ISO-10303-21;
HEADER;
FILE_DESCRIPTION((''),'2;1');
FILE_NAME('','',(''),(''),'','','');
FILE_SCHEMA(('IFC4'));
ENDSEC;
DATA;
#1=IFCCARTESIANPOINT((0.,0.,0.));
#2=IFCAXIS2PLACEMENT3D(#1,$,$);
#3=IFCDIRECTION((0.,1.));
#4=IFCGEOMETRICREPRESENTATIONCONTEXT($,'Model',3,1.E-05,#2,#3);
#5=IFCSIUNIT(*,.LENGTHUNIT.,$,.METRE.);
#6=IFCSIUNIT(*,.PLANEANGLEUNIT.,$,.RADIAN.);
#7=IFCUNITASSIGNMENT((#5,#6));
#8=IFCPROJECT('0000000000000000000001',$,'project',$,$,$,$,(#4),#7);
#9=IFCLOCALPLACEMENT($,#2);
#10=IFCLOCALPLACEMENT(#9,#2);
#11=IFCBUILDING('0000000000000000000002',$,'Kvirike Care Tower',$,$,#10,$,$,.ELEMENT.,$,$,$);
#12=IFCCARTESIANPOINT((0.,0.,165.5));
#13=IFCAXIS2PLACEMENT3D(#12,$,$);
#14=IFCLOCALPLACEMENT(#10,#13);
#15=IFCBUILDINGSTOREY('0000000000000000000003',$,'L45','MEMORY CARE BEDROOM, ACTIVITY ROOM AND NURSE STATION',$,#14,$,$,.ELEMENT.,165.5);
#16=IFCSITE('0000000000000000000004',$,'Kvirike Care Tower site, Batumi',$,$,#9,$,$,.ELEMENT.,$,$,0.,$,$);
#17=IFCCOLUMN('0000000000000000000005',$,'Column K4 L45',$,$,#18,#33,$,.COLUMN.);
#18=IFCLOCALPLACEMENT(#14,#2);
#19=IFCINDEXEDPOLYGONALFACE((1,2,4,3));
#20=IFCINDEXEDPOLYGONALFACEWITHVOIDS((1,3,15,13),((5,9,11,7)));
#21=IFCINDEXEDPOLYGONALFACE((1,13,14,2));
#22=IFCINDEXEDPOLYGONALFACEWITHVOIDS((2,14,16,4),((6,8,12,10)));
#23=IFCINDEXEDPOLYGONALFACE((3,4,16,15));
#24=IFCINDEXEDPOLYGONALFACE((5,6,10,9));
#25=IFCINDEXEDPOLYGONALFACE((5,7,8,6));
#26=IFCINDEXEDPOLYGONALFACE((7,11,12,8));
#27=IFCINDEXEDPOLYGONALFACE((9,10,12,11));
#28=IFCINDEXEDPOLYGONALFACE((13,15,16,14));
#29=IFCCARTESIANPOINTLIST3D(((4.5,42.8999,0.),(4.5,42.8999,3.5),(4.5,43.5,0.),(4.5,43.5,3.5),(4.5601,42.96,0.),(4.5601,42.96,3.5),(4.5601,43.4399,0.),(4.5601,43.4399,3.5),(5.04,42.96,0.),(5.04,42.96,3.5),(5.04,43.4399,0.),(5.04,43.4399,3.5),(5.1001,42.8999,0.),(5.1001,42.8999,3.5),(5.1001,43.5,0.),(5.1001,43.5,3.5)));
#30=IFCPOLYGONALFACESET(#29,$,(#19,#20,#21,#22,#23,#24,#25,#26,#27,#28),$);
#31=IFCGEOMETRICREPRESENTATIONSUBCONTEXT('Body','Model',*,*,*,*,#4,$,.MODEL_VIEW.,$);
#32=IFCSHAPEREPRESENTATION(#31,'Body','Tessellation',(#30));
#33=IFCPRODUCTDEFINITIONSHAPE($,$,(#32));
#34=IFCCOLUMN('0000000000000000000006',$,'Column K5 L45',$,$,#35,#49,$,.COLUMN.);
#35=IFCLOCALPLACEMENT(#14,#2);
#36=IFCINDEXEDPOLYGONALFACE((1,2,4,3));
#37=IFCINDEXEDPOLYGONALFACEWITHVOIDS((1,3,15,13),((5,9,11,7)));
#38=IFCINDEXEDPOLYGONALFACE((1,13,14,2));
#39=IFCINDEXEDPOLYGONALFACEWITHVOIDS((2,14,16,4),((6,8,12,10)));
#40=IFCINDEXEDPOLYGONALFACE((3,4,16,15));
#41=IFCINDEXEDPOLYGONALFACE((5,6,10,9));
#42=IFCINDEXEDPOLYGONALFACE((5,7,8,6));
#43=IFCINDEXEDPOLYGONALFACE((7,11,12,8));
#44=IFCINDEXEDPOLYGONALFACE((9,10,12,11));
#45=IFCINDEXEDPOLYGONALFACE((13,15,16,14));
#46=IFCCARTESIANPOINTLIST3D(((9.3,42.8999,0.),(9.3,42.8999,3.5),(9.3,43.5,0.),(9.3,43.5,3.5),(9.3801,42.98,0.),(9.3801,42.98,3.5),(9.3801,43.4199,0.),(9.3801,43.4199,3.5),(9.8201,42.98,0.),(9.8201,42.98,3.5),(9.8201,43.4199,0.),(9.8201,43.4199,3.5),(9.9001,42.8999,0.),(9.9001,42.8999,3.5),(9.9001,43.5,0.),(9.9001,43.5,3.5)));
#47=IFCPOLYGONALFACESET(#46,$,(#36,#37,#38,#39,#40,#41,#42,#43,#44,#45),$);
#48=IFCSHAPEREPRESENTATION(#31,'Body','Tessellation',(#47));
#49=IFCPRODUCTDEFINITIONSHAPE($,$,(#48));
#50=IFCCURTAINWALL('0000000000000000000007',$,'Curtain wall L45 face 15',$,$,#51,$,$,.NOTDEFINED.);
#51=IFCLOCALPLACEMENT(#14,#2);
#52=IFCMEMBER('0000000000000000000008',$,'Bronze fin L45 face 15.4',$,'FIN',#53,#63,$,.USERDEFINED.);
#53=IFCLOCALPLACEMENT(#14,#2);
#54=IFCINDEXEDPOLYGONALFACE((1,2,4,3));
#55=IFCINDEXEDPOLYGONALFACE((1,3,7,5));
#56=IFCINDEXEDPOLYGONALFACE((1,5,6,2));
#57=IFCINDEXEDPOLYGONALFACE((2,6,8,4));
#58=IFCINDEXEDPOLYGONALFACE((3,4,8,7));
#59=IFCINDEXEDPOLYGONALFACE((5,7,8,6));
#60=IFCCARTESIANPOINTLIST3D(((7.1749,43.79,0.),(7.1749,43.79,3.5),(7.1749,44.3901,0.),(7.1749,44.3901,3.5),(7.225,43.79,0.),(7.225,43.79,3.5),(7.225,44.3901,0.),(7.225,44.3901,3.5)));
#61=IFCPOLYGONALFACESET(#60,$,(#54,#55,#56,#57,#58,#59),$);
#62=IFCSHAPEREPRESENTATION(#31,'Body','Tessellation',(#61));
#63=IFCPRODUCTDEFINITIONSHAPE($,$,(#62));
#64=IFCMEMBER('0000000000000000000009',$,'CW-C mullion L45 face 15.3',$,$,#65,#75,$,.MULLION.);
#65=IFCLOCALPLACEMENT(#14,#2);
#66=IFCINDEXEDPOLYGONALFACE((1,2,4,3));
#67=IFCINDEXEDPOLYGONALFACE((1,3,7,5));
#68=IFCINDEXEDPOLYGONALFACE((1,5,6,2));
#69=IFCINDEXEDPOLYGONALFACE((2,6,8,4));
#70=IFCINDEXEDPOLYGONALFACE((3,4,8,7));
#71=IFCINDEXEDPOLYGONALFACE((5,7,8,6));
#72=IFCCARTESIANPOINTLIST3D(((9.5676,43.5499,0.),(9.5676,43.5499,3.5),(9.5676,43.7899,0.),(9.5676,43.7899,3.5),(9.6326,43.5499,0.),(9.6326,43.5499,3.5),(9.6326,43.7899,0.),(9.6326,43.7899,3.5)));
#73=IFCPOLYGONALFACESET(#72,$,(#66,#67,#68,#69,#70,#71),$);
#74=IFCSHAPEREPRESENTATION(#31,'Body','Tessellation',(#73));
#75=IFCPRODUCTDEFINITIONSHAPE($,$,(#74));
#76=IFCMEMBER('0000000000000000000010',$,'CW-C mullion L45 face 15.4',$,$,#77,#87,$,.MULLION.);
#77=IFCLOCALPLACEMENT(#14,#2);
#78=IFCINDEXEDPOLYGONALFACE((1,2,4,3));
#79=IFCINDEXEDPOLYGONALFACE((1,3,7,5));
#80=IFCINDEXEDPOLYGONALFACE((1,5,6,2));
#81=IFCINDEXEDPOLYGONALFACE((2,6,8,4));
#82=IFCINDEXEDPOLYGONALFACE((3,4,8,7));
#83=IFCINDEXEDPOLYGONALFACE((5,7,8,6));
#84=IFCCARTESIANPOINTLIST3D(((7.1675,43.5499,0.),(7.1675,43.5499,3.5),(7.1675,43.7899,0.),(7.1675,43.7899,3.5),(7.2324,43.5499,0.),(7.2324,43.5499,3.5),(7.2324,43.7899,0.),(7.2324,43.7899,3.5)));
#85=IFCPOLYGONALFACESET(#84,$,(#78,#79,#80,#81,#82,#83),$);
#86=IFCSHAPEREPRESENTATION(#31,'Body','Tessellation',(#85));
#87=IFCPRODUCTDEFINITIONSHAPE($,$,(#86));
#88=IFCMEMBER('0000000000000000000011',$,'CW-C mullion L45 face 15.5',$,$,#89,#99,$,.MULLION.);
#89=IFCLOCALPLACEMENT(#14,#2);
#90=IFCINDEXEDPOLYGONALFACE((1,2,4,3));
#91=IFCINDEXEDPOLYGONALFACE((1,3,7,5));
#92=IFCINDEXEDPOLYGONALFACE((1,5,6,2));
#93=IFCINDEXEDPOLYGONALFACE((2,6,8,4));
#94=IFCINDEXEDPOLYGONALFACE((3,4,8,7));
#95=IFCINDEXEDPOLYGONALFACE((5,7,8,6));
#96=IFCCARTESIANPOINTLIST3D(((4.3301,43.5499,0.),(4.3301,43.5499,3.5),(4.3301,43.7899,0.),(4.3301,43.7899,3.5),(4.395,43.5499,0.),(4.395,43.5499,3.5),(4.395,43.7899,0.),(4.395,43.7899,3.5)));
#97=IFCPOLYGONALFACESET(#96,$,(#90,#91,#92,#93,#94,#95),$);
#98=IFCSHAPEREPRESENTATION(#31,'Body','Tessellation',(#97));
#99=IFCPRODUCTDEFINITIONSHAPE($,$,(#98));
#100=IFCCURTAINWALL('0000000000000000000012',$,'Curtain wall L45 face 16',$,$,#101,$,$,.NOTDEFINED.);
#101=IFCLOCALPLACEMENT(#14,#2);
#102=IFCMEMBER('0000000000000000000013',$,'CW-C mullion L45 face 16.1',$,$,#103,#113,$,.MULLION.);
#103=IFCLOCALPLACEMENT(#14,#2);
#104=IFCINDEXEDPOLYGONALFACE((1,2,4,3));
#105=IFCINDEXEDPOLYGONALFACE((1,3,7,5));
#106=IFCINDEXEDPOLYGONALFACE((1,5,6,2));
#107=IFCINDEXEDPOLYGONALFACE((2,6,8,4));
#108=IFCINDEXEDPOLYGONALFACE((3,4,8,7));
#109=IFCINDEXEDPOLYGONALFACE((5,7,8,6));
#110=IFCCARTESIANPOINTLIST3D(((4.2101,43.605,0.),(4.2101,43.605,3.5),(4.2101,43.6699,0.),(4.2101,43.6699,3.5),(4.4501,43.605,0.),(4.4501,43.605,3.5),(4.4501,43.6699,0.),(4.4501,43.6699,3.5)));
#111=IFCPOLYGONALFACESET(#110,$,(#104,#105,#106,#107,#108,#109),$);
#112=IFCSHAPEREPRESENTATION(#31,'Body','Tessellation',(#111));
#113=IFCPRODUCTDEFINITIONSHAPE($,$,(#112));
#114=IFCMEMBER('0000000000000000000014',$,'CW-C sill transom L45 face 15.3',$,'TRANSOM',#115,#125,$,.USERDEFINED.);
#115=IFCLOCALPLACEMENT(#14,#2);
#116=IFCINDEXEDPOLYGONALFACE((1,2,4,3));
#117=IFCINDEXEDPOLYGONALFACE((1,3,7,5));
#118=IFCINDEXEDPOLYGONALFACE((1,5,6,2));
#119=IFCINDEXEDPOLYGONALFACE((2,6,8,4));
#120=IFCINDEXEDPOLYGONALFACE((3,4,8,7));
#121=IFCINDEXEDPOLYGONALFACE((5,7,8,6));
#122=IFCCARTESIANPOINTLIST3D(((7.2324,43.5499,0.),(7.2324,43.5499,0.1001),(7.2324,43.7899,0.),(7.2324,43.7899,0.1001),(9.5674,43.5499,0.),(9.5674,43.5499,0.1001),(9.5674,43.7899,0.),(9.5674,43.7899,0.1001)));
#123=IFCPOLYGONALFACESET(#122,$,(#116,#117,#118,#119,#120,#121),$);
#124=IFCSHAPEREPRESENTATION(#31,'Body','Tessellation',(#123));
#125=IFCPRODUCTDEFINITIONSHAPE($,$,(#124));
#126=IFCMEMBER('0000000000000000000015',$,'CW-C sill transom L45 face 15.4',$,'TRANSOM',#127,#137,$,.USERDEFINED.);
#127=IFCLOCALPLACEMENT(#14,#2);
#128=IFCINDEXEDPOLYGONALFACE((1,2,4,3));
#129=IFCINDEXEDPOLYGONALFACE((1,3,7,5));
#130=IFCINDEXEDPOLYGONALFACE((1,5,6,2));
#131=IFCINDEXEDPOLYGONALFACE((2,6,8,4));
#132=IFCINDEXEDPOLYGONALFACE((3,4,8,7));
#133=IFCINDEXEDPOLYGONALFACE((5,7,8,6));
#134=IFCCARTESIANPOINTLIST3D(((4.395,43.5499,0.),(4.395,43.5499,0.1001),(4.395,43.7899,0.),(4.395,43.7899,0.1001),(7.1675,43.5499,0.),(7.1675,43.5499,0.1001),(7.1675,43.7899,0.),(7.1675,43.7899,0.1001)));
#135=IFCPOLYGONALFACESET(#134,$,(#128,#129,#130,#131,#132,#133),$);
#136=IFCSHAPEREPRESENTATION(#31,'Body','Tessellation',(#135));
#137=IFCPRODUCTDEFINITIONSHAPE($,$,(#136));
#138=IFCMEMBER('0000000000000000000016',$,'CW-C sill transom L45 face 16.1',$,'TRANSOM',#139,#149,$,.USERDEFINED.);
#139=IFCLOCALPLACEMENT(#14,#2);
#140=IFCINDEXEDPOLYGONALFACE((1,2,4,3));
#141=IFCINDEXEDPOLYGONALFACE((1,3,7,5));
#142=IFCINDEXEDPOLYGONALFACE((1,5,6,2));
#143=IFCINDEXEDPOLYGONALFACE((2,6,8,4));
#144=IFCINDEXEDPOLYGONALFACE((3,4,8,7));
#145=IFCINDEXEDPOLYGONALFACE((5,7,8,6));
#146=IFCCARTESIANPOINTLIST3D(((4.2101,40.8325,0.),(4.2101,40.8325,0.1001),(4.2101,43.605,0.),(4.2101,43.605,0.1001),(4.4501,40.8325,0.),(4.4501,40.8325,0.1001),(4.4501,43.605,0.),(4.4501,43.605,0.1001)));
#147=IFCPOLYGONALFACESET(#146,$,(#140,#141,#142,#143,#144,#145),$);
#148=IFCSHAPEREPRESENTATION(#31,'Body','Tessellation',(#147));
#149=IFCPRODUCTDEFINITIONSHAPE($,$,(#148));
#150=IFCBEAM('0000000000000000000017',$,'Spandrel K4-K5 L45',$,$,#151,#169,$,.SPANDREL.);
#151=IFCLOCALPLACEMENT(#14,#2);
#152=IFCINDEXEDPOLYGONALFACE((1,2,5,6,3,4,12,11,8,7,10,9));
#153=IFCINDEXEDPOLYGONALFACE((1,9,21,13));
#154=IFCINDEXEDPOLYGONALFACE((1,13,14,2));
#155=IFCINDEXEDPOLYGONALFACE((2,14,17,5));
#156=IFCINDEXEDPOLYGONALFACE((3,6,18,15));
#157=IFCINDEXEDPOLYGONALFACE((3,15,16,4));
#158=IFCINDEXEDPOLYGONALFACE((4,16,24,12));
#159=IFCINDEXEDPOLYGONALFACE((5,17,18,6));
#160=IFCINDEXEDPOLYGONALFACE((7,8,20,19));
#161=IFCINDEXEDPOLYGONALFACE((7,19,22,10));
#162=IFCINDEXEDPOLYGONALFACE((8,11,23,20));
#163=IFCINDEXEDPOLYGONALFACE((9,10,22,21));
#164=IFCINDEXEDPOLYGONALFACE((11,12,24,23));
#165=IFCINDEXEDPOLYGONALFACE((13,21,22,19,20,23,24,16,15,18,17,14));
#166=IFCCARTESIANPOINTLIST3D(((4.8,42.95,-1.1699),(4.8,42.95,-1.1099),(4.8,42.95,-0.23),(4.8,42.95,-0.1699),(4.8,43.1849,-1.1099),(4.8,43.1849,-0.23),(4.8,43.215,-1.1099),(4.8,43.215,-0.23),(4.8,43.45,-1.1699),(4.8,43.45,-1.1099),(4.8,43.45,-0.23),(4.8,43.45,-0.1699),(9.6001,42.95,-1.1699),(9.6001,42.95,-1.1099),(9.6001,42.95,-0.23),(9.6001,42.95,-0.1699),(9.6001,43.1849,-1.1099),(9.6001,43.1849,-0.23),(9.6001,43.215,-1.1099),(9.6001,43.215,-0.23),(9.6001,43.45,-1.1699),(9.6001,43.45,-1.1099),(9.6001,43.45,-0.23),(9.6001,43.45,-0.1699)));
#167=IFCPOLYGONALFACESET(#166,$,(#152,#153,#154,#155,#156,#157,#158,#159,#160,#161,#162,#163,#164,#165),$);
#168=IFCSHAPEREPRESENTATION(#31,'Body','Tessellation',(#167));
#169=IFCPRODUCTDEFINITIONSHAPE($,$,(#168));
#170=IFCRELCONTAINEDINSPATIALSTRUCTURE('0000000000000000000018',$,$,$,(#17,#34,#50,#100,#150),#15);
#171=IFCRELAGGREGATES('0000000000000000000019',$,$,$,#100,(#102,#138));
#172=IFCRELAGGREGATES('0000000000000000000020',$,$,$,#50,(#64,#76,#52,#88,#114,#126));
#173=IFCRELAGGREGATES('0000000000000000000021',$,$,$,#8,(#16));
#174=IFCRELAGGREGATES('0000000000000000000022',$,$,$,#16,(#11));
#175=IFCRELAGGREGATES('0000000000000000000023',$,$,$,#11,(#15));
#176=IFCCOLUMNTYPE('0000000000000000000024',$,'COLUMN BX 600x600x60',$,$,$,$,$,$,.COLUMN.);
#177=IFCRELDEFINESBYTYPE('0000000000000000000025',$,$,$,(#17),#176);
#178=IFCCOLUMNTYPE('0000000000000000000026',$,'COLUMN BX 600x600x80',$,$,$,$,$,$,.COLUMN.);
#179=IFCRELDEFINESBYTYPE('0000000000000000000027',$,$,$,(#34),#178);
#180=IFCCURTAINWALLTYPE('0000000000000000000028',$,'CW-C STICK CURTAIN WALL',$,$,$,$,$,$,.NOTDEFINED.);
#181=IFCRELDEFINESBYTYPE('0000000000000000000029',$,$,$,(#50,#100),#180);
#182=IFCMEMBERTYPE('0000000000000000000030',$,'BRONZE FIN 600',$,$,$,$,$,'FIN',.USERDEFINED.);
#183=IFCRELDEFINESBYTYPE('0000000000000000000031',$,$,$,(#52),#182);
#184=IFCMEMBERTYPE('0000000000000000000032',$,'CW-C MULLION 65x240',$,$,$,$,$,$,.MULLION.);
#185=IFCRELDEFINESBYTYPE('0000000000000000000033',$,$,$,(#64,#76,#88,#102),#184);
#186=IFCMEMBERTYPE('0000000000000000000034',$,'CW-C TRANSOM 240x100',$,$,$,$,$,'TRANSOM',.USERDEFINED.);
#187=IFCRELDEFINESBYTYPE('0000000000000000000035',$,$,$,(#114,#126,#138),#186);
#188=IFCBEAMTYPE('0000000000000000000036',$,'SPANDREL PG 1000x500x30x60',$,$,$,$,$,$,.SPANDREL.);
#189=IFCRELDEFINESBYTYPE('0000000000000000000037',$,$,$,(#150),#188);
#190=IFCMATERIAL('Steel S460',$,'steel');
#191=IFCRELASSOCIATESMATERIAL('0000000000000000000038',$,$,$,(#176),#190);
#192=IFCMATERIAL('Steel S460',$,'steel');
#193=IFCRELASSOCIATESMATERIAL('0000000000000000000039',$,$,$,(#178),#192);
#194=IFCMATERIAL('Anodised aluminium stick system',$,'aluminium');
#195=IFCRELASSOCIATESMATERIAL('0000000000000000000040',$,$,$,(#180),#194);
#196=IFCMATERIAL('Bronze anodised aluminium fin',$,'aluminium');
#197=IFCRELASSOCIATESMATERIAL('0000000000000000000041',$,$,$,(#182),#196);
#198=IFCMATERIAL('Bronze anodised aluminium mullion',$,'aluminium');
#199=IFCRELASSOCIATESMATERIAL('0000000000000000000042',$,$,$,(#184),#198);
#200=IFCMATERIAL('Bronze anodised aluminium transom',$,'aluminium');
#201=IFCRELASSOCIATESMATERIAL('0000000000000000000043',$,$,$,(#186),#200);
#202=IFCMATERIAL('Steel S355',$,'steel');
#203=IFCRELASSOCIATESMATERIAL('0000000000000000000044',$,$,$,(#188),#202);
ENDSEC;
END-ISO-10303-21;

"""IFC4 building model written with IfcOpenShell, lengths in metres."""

from ifc_helpers import new_model, si_unit, direction, frame, origin, origin_2d, place, context, subcontext, project, spatial, rectangle, hollow_rectangle, i_section, extrude, material, material_profile, profile_set, type_object, element, aggregate, save


model = new_model("IFC4")

# Units and contexts
model_context = context("Model", 3, precision=1e-05, world=origin(), true_north=direction((0.0, 1.0)))
body_context = subcontext(model_context, "Body", "Model", "MODEL_VIEW")
ifc_project = project(units=[si_unit("LENGTHUNIT", "METRE"), si_unit("PLANEANGLEUNIT", "RADIAN")], contexts=[model_context])

# Site, building, storey
site_placement = place(None, origin())
site = spatial("IfcSite", under=ifc_project, at=site_placement, Name="Kvirike Care Tower site, Batumi", CompositionType="ELEMENT", RefElevation=0.0)
building_placement = place(site_placement, origin())
building = spatial("IfcBuilding", under=site, at=building_placement, Name="Kvirike Care Tower", CompositionType="ELEMENT")
storey_placement = place(building_placement, frame((0.0, 0.0, 165.5)))
storey = spatial("IfcBuildingStorey", under=building, at=storey_placement, Name="L45", Description="MEMORY CARE BEDROOM, ACTIVITY ROOM AND NURSE STATION", CompositionType="ELEMENT", Elevation=165.5)

# Columns
ifc_material_1 = material(Name="Steel S460", Category="steel")
ifc_material_profile_1 = material_profile(ifc_material_1, hollow_rectangle(XDim=0.6001, YDim=0.6001, WallThickness=0.0601, at=origin_2d()), Name="BX 600x600x60")
ifc_profile_set_1 = profile_set([ifc_material_profile_1], Name="Steel S460")
column_type_1 = type_object("IfcColumnType", Name="COLUMN BX 600x600x60", PredefinedType="COLUMN", material=ifc_profile_set_1)
column_1_placement = place(storey_placement, frame((4.8, 43.2, 0.0), z_axis=(0.0, 0.0, 1.0), x_axis=(0.0, 1.0, 0.0)))
element("IfcColumn", 1, at=column_1_placement, inside=storey, type_object=column_type_1, Name="Column K4 L45", PredefinedType="COLUMN", context=body_context, shape_type="SweptSolid", body=[
    extrude(hollow_rectangle(XDim=0.6001, YDim=0.6001, WallThickness=0.0601, at=origin_2d()), origin(), (0.0, 0.0, 1.0), 3.5),
])
ifc_material_2 = material(Name="Steel S460", Category="steel")
ifc_material_profile_2 = material_profile(ifc_material_2, hollow_rectangle(XDim=0.6001, YDim=0.6001, WallThickness=0.0801, at=origin_2d()), Name="BX 600x600x80")
ifc_profile_set_2 = profile_set([ifc_material_profile_2], Name="Steel S460")
column_type_2 = type_object("IfcColumnType", Name="COLUMN BX 600x600x80", PredefinedType="COLUMN", material=ifc_profile_set_2)
column_2_placement = place(storey_placement, frame((9.6001, 43.2, 0.0), z_axis=(0.0, 0.0, 1.0), x_axis=(0.0, 1.0, 0.0)))
element("IfcColumn", 2, at=column_2_placement, inside=storey, type_object=column_type_2, Name="Column K5 L45", PredefinedType="COLUMN", context=body_context, shape_type="SweptSolid", body=[
    extrude(hollow_rectangle(XDim=0.6001, YDim=0.6001, WallThickness=0.0801, at=origin_2d()), origin(), (0.0, 0.0, 1.0), 3.5),
])

# Curtain wall, members
ifc_material_3 = material(Name="Anodised aluminium stick system", Category="aluminium")
curtain_wall_type = type_object("IfcCurtainWallType", Name="CW-C STICK CURTAIN WALL", PredefinedType="NOTDEFINED", material=ifc_material_3)
curtain_wall_1_placement = place(storey_placement, origin())
curtain_wall_1 = element("IfcCurtainWall", 3, at=curtain_wall_1_placement, inside=storey, type_object=curtain_wall_type, Name="Curtain wall L45 face 15", PredefinedType="NOTDEFINED")
ifc_material_4 = material(Name="Bronze anodised aluminium fin", Category="aluminium")
ifc_material_profile_3 = material_profile(ifc_material_4, rectangle(XDim=0.05, YDim=0.6001, at=origin_2d()), Name="BRONZE FIN 600")
ifc_profile_set_3 = profile_set([ifc_material_profile_3], Name="Bronze anodised aluminium fin")
member_type_1 = type_object("IfcMemberType", Name="BRONZE FIN 600", ElementType="FIN", PredefinedType="USERDEFINED", material=ifc_profile_set_3)
member_1_placement = place(storey_placement, frame((7.2, 44.0901, 0.0), z_axis=(0.0, 0.0, 1.0), x_axis=(-1.0, 0.0, 0.0)))
member_1 = element("IfcMember", 4, at=member_1_placement, type_object=member_type_1, Name="Bronze fin L45 face 15.4", ObjectType="FIN", PredefinedType="USERDEFINED", context=body_context, shape_type="SweptSolid", body=[
    extrude(rectangle(XDim=0.05, YDim=0.6001, at=origin_2d()), origin(), (0.0, 0.0, 1.0), 3.5),
])
ifc_material_5 = material(Name="Bronze anodised aluminium mullion", Category="aluminium")
ifc_material_profile_4 = material_profile(ifc_material_5, rectangle(XDim=0.0649, YDim=0.24, at=origin_2d()), Name="CW-C MULLION 65x240")
ifc_profile_set_4 = profile_set([ifc_material_profile_4], Name="Bronze anodised aluminium mullion")
member_type_2 = type_object("IfcMemberType", Name="CW-C MULLION 65x240", PredefinedType="MULLION", material=ifc_profile_set_4)
member_2_placement = place(storey_placement, frame((9.6001, 43.6699, 0.0), z_axis=(0.0, 0.0, 1.0), x_axis=(-1.0, 0.0, 0.0)))
member_2 = element("IfcMember", 5, at=member_2_placement, type_object=member_type_2, Name="CW-C mullion L45 face 15.3", PredefinedType="MULLION", context=body_context, shape_type="SweptSolid", body=[
    extrude(rectangle(XDim=0.0649, YDim=0.24, at=origin_2d()), origin(), (0.0, 0.0, 1.0), 3.5),
])
member_3_placement = place(storey_placement, frame((7.2, 43.6699, 0.0), z_axis=(0.0, 0.0, 1.0), x_axis=(-1.0, 0.0, 0.0)))
member_3 = element("IfcMember", 6, at=member_3_placement, type_object=member_type_2, Name="CW-C mullion L45 face 15.4", PredefinedType="MULLION", context=body_context, shape_type="SweptSolid", body=[
    extrude(rectangle(XDim=0.0649, YDim=0.24, at=origin_2d()), origin(), (0.0, 0.0, 1.0), 3.5),
])
member_4_placement = place(storey_placement, frame((4.3625, 43.6699, 0.0), z_axis=(0.0, 0.0, 1.0), x_axis=(-1.0, 0.0, 0.0)))
member_4 = element("IfcMember", 7, at=member_4_placement, type_object=member_type_2, Name="CW-C mullion L45 face 15.5", PredefinedType="MULLION", context=body_context, shape_type="SweptSolid", body=[
    extrude(rectangle(XDim=0.0649, YDim=0.24, at=origin_2d()), origin(), (0.0, 0.0, 1.0), 3.5),
])

# Curtain wall, member
curtain_wall_2_placement = place(storey_placement, origin())
curtain_wall_2 = element("IfcCurtainWall", 8, at=curtain_wall_2_placement, inside=storey, type_object=curtain_wall_type, Name="Curtain wall L45 face 16", PredefinedType="NOTDEFINED")
member_5_placement = place(storey_placement, frame((4.3301, 43.6375, 0.0), z_axis=(0.0, 0.0, 1.0), x_axis=(0.0, -1.0, 0.0)))
member_5 = element("IfcMember", 9, at=member_5_placement, type_object=member_type_2, Name="CW-C mullion L45 face 16.1", PredefinedType="MULLION", context=body_context, shape_type="SweptSolid", body=[
    extrude(rectangle(XDim=0.0649, YDim=0.24, at=origin_2d()), origin(), (0.0, 0.0, 1.0), 3.5),
])

# Members
ifc_material_6 = material(Name="Bronze anodised aluminium transom", Category="aluminium")
ifc_material_profile_5 = material_profile(ifc_material_6, rectangle(XDim=0.24, YDim=0.1001, at=origin_2d()), Name="CW-C TRANSOM 240x100")
ifc_profile_set_5 = profile_set([ifc_material_profile_5], Name="Bronze anodised aluminium transom")
member_type_3 = type_object("IfcMemberType", Name="CW-C TRANSOM 240x100", ElementType="TRANSOM", PredefinedType="USERDEFINED", material=ifc_profile_set_5)
member_6_placement = place(storey_placement, frame((9.5674, 43.6699, 0.05), z_axis=(-1.0, 0.0, 0.0), x_axis=(0.0, -1.0, 0.0)))
member_6 = element("IfcMember", 10, at=member_6_placement, type_object=member_type_3, Name="CW-C sill transom L45 face 15.3", ObjectType="TRANSOM", PredefinedType="USERDEFINED", context=body_context, shape_type="SweptSolid", body=[
    extrude(rectangle(XDim=0.24, YDim=0.1001, at=origin_2d()), origin(), (0.0, 0.0, 1.0), 2.335),
])
member_7_placement = place(storey_placement, frame((7.1675, 43.6699, 0.05), z_axis=(-1.0, 0.0, 0.0), x_axis=(0.0, -1.0, 0.0)))
member_7 = element("IfcMember", 11, at=member_7_placement, type_object=member_type_3, Name="CW-C sill transom L45 face 15.4", ObjectType="TRANSOM", PredefinedType="USERDEFINED", context=body_context, shape_type="SweptSolid", body=[
    extrude(rectangle(XDim=0.24, YDim=0.1001, at=origin_2d()), origin(), (0.0, 0.0, 1.0), 2.7725),
])
member_8_placement = place(storey_placement, frame((4.3301, 43.605, 0.05), z_axis=(0.0, -1.0, 0.0), x_axis=(1.0, 0.0, 0.0)))
member_8 = element("IfcMember", 12, at=member_8_placement, type_object=member_type_3, Name="CW-C sill transom L45 face 16.1", ObjectType="TRANSOM", PredefinedType="USERDEFINED", context=body_context, shape_type="SweptSolid", body=[
    extrude(rectangle(XDim=0.24, YDim=0.1001, at=origin_2d()), origin(), (0.0, 0.0, 1.0), 2.7725),
])
aggregate(curtain_wall_2, [member_5, member_8])

# Beam
ifc_material_7 = material(Name="Steel S355", Category="steel")
ifc_material_profile_6 = material_profile(ifc_material_7, i_section(OverallWidth=0.5, OverallDepth=1.0, WebThickness=0.03, FlangeThickness=0.0601, at=origin_2d()), Name="PG 1000x500x30x60")
ifc_profile_set_6 = profile_set([ifc_material_profile_6], Name="Steel S355")
beam_type = type_object("IfcBeamType", Name="SPANDREL PG 1000x500x30x60", PredefinedType="SPANDREL", material=ifc_profile_set_6)
beam_1_placement = place(storey_placement, frame((4.8, 43.2, -0.6699), z_axis=(1.0, 0.0, 0.0), x_axis=(0.0, 1.0, 0.0)))
element("IfcBeam", 13, at=beam_1_placement, inside=storey, type_object=beam_type, Name="Spandrel K4-K5 L45", PredefinedType="SPANDREL", context=body_context, shape_type="SweptSolid", body=[
    extrude(i_section(OverallWidth=0.5, OverallDepth=1.0, WebThickness=0.03, FlangeThickness=0.0601, at=origin_2d()), origin(), (0.0, 0.0, 1.0), 4.8),
])

aggregate(curtain_wall_1, [member_2, member_3, member_1, member_4, member_6, member_7])

save(model, "model.ifc")
